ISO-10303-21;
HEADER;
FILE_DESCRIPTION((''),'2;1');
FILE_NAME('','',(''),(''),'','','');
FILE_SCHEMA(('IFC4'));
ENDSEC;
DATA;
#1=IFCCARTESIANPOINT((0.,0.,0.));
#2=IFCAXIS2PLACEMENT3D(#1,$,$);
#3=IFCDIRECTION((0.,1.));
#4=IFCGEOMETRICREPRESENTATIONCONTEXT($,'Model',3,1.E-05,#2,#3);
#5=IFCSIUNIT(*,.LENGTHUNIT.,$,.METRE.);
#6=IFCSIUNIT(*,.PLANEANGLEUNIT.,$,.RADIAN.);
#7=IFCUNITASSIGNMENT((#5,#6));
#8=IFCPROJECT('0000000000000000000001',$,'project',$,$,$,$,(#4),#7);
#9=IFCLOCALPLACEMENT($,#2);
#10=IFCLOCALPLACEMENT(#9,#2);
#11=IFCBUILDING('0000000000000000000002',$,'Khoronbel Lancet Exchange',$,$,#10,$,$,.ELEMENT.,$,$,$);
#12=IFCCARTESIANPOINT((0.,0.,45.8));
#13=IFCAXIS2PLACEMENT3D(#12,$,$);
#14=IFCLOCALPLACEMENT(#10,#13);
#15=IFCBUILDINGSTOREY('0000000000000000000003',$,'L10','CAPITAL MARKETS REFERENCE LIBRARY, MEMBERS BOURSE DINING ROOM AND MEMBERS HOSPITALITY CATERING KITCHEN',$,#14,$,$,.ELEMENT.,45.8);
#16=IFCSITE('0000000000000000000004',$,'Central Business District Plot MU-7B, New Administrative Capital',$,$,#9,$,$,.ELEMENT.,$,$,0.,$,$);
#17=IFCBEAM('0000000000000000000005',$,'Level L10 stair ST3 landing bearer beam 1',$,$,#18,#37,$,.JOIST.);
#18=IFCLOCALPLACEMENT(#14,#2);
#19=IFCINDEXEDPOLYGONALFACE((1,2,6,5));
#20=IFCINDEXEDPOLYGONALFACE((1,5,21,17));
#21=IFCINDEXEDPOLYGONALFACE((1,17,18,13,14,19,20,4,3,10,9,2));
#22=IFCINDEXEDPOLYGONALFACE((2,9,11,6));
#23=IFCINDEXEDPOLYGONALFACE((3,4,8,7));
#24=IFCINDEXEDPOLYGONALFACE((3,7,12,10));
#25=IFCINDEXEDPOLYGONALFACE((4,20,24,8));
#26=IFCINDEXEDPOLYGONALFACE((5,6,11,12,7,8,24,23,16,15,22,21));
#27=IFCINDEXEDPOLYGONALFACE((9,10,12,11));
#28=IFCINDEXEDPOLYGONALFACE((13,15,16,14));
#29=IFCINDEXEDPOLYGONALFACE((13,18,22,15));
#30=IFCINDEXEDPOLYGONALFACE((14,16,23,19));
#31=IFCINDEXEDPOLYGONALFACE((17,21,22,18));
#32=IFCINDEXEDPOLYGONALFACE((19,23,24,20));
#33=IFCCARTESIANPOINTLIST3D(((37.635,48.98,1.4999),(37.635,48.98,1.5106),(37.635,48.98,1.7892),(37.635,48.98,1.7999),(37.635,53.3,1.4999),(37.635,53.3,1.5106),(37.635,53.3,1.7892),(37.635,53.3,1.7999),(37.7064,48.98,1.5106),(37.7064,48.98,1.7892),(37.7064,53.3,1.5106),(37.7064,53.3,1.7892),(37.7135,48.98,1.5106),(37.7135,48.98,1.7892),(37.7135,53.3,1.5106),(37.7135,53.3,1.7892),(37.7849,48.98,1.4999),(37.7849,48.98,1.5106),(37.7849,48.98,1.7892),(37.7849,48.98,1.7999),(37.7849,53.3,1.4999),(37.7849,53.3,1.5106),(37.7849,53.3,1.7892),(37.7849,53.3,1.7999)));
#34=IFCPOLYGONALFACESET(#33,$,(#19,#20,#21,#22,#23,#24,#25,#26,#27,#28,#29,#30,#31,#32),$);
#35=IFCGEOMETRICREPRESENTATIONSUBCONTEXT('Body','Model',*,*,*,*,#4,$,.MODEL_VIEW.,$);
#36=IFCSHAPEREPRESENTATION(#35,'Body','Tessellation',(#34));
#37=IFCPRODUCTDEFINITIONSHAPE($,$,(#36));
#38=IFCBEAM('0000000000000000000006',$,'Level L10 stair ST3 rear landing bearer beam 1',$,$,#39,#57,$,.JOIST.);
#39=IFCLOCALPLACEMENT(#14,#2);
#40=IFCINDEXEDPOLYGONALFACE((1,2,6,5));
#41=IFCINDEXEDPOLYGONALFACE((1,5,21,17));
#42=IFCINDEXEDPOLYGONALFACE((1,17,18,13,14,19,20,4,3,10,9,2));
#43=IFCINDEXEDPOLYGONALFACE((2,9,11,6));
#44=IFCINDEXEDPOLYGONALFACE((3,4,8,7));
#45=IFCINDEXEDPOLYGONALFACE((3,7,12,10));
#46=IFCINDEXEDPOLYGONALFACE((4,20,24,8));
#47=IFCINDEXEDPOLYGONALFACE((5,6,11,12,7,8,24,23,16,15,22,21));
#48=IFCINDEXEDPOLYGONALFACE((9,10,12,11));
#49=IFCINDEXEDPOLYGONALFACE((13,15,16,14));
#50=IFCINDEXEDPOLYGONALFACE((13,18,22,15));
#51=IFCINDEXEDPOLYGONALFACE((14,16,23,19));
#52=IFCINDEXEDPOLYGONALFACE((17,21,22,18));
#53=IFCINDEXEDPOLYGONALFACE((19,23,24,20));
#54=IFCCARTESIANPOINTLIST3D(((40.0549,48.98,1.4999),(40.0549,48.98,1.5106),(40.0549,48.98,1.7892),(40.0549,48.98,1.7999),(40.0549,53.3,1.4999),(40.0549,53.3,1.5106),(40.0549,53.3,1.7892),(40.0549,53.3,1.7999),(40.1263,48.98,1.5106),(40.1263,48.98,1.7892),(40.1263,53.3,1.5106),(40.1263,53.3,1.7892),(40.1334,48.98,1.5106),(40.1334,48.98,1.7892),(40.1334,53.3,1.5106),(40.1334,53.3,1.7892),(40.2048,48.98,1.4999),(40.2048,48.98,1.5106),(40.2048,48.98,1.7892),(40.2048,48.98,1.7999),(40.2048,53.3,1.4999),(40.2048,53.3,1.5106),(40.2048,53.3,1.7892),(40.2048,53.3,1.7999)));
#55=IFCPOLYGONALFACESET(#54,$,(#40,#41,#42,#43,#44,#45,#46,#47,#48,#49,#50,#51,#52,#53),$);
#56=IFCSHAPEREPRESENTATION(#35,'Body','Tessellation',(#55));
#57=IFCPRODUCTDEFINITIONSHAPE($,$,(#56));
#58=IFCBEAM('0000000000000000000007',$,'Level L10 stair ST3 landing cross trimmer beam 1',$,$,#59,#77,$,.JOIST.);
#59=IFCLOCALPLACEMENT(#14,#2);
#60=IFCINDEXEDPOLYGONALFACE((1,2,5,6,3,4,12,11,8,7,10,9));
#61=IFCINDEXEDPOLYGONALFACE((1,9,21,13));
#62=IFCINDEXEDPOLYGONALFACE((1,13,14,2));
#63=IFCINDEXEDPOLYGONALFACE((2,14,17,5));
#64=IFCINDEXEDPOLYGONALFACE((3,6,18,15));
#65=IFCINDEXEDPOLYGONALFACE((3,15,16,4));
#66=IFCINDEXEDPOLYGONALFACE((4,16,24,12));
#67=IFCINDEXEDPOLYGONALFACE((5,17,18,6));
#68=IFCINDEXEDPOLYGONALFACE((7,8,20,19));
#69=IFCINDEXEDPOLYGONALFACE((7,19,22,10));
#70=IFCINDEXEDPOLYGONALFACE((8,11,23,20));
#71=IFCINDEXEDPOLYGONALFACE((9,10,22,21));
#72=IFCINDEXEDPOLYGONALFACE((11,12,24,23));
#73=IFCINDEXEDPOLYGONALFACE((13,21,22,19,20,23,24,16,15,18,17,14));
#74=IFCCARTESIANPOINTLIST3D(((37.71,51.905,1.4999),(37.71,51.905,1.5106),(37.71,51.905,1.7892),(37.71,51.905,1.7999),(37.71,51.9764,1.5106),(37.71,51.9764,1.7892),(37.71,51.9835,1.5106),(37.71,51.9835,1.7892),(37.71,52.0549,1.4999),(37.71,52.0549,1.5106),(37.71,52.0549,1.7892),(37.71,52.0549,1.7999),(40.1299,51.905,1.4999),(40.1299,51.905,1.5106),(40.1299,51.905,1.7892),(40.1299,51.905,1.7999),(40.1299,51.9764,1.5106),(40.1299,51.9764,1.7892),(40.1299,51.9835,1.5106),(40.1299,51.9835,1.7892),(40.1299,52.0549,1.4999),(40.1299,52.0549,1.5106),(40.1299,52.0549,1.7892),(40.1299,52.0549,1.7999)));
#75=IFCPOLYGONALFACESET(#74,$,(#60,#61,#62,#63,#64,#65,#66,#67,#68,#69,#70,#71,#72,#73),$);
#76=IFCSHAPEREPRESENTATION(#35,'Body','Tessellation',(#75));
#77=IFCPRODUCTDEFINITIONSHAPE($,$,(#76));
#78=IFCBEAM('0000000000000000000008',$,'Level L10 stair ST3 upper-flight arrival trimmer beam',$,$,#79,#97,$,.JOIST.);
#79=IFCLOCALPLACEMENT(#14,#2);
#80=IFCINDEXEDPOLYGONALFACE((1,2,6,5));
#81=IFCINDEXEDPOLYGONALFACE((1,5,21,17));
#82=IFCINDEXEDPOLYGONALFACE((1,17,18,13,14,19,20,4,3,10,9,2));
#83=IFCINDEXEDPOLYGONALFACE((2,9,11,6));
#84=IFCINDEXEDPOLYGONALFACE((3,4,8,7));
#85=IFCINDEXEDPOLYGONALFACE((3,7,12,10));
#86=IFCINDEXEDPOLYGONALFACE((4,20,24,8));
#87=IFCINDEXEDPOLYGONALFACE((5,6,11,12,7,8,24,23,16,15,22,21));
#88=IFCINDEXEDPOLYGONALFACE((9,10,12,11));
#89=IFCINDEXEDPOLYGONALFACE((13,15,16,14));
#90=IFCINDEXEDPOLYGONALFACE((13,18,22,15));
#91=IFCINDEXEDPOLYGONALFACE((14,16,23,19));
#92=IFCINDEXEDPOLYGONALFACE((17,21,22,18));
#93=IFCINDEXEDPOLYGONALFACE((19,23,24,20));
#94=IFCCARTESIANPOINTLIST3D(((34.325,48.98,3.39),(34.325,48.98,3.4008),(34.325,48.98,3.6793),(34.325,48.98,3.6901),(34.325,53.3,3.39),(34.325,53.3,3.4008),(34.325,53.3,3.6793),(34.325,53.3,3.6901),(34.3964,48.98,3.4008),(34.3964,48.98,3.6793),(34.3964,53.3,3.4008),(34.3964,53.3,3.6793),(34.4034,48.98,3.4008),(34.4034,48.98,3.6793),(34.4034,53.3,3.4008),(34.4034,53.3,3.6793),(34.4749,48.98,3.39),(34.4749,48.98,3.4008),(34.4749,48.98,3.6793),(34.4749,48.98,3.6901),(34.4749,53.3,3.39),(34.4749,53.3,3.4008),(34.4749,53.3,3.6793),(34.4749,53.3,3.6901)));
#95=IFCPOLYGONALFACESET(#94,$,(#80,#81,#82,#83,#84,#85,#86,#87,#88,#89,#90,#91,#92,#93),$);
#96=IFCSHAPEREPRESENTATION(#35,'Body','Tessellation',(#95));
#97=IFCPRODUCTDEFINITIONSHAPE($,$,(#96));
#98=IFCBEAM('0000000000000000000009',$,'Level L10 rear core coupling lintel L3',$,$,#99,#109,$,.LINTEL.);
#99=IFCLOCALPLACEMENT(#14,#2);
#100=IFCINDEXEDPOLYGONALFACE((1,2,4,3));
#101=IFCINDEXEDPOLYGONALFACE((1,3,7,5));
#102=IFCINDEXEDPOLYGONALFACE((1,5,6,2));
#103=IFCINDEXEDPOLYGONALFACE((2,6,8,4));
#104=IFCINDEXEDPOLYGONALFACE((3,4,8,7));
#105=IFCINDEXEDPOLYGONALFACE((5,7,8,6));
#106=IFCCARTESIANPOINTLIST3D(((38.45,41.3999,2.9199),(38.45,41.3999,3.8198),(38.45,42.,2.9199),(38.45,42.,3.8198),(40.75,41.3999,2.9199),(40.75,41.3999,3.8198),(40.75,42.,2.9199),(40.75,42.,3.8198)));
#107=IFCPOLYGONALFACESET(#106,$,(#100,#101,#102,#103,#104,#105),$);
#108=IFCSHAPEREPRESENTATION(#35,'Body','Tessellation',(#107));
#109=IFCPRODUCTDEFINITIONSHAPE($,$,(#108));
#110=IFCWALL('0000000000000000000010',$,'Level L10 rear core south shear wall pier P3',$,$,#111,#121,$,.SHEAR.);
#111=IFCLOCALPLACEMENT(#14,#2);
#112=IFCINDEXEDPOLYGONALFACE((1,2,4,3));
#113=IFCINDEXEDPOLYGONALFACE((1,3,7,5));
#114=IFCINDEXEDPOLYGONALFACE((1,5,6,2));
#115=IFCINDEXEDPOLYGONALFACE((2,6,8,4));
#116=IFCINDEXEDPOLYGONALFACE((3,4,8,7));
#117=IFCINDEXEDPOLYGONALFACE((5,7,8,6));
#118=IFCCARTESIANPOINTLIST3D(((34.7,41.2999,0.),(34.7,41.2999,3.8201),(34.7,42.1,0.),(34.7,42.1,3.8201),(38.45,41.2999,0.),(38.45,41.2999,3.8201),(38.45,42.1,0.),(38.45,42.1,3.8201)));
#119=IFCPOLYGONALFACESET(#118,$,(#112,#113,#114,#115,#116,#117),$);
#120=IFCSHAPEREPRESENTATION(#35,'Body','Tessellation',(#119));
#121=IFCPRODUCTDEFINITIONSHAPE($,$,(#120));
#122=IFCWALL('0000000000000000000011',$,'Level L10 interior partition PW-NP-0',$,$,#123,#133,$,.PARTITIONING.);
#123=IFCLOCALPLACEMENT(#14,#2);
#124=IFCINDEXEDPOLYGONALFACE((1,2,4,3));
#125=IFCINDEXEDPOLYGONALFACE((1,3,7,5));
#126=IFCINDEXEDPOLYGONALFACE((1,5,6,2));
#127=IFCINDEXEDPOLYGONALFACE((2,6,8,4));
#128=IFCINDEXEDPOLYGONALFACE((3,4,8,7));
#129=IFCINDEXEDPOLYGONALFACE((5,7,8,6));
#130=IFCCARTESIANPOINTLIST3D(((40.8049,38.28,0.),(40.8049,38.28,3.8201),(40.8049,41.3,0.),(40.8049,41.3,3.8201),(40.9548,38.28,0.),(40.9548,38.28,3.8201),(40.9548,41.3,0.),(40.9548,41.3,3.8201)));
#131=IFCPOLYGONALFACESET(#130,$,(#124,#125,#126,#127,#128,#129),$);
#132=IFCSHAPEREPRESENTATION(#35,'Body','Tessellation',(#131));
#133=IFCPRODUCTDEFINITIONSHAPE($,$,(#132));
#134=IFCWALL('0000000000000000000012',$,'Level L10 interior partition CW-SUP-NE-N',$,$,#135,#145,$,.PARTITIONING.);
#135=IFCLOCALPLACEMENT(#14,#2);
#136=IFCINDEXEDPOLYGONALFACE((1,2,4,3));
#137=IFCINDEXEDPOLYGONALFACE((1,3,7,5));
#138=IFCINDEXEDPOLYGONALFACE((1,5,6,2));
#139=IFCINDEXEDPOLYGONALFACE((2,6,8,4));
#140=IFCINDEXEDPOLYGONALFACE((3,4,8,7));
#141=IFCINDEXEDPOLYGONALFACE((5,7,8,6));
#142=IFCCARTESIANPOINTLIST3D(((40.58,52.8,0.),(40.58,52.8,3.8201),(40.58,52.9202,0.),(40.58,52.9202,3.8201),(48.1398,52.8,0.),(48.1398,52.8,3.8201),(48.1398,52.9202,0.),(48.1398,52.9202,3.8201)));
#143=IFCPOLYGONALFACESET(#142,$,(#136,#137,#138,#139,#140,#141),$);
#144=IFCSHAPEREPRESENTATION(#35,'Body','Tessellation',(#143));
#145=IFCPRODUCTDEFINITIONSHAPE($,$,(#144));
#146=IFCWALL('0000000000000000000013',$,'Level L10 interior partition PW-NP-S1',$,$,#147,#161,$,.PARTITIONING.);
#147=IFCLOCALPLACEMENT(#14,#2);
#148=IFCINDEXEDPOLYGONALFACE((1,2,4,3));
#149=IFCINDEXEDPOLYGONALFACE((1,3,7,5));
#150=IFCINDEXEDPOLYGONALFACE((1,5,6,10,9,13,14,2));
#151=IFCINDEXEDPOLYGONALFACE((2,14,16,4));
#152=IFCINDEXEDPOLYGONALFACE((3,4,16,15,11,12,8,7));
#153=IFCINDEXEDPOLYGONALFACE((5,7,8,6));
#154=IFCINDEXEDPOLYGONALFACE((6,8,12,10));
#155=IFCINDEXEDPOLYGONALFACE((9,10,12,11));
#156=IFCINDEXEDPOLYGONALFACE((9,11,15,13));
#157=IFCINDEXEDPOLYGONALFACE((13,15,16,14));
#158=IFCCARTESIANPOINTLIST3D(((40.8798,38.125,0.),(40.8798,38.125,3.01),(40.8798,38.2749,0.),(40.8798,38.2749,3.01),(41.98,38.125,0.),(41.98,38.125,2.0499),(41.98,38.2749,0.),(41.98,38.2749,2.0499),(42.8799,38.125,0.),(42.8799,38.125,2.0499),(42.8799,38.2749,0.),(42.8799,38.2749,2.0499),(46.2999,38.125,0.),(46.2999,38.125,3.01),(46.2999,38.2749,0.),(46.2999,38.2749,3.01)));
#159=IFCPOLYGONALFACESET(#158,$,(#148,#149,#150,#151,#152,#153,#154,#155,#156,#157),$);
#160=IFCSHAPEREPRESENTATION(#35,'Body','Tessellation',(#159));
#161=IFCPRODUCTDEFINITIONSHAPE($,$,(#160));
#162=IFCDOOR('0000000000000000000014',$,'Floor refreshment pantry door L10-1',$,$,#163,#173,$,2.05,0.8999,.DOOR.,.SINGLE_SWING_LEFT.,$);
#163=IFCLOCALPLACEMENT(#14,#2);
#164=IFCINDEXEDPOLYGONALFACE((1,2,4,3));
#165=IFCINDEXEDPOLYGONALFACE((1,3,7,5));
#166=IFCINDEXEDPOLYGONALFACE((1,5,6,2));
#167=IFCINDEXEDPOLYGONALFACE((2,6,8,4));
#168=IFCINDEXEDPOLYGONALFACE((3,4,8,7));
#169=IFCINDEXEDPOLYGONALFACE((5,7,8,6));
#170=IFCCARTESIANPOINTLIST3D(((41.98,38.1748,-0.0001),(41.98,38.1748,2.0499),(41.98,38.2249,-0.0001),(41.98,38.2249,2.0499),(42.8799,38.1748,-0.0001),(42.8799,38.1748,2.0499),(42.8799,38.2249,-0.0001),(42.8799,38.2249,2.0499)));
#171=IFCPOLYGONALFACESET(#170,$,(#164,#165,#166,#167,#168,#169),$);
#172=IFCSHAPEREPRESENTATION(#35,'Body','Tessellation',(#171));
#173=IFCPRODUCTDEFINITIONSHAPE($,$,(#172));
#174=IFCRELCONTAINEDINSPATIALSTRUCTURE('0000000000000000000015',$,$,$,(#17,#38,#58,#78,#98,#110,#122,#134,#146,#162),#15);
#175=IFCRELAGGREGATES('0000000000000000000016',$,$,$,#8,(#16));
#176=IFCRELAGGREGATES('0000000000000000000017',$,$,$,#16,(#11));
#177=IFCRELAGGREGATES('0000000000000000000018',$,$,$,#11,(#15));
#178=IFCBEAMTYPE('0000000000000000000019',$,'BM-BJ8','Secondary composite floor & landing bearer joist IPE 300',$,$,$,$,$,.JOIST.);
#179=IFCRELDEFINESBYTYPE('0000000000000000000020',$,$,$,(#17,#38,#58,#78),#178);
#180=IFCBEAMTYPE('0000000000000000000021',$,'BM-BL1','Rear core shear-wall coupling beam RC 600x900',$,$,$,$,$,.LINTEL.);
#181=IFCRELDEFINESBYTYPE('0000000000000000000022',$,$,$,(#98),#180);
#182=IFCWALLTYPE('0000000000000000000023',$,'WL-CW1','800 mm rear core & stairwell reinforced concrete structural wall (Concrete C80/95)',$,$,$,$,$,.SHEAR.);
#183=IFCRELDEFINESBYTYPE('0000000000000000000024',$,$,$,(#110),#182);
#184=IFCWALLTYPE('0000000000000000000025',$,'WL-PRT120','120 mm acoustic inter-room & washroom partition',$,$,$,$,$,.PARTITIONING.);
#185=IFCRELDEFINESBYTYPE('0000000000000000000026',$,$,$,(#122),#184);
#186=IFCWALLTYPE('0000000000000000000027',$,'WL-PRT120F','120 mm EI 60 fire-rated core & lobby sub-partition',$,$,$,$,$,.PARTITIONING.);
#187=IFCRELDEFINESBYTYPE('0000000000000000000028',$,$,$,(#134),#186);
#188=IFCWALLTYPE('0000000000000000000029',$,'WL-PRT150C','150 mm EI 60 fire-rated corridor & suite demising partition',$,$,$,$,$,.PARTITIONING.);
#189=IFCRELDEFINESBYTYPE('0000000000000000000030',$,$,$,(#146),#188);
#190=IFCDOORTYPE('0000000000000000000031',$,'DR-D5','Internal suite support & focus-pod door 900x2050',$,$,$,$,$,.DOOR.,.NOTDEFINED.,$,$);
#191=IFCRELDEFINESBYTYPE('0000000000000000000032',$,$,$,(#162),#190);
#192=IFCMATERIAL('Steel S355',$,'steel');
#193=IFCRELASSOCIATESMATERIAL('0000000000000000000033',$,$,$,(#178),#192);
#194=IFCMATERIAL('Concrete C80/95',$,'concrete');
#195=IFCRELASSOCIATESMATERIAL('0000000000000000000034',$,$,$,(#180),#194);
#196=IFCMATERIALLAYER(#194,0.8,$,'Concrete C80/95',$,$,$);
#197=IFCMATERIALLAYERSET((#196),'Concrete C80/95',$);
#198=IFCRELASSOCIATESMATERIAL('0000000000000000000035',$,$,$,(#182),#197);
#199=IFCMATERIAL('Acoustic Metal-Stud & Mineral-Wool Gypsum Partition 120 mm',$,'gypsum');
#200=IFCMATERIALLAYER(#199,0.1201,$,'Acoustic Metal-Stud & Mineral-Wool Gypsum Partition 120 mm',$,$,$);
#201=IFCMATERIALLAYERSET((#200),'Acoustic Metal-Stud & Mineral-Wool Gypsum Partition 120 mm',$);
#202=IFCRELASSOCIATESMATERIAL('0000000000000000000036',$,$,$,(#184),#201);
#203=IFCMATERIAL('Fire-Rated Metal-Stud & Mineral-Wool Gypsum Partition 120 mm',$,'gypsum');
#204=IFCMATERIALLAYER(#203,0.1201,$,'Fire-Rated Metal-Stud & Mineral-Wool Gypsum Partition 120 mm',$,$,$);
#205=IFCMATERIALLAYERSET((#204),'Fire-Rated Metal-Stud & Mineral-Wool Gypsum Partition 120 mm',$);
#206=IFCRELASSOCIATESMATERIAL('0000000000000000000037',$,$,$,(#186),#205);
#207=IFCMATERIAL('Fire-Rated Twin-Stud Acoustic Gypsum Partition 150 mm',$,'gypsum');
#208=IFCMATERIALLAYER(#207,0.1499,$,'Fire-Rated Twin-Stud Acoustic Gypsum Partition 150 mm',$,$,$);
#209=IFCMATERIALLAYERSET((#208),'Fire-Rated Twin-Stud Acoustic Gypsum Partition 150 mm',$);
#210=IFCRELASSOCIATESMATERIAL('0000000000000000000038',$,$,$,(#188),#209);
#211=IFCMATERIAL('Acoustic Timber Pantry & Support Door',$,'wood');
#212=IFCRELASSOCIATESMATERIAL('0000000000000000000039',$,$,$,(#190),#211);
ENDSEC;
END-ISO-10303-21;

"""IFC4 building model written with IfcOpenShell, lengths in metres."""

from ifc_helpers import new_model, si_unit, direction, frame, frame_2d, origin, origin_2d, place, context, subcontext, project, spatial, rectangle, i_section, extrude, material, layer, layer_set, material_profile, profile_set, type_object, element, fill, save


model = new_model("IFC4")

# Units and contexts
model_context = context("Model", 3, precision=1e-05, world=origin(), true_north=direction((0.0, 1.0)))
body_context = subcontext(model_context, "Body", "Model", "MODEL_VIEW")
ifc_project = project(units=[si_unit("LENGTHUNIT", "METRE"), si_unit("PLANEANGLEUNIT", "RADIAN")], contexts=[model_context])

# Site, building, storey
site_placement = place(None, origin())
site = spatial("IfcSite", under=ifc_project, at=site_placement, Name="Central Business District Plot MU-7B, New Administrative Capital", CompositionType="ELEMENT", RefElevation=0.0)
building_placement = place(site_placement, origin())
building = spatial("IfcBuilding", under=site, at=building_placement, Name="Khoronbel Lancet Exchange", CompositionType="ELEMENT")
storey_placement = place(building_placement, frame((0.0, 0.0, 45.8)))
storey = spatial("IfcBuildingStorey", under=building, at=storey_placement, Name="L10", Description="CAPITAL MARKETS REFERENCE LIBRARY, MEMBERS BOURSE DINING ROOM AND MEMBERS HOSPITALITY CATERING KITCHEN", CompositionType="ELEMENT", Elevation=45.8)

# Beams
ifc_material_1 = material(Name="Steel S355", Category="steel")
ifc_material_profile_1 = material_profile(ifc_material_1, i_section(OverallWidth=0.1499, OverallDepth=0.3, WebThickness=0.0071, FlangeThickness=0.0107, at=origin_2d()), Name="IPE 300")
ifc_profile_set_1 = profile_set([ifc_material_profile_1], Name="Steel S355")
beam_type_1 = type_object("IfcBeamType", Name="BM-BJ8", Description="Secondary composite floor & landing bearer joist IPE 300", PredefinedType="JOIST", material=ifc_profile_set_1)
for number, where, z_axis, x_axis, name in (
    (1, (37.71, 48.98, 1.6499), (0.0, 1.0, 0.0), (-1.0, 0.0, 0.0), "Level L10 stair ST3 landing bearer beam 1"),
    (2, (40.1299, 48.98, 1.6499), (0.0, 1.0, 0.0), (-1.0, 0.0, 0.0), "Level L10 stair ST3 rear landing bearer beam 1"),
):
    element("IfcBeam", number, at=place(storey_placement, frame(where, z_axis=z_axis, x_axis=x_axis)), inside=storey, type_object=beam_type_1, Name=name, PredefinedType="JOIST", context=body_context, shape_type="SweptSolid", body=[
        extrude(i_section(OverallWidth=0.1499, OverallDepth=0.3, WebThickness=0.0071, FlangeThickness=0.0107, at=origin_2d()), origin(), (0.0, 0.0, 1.0), 4.3201),
    ])
beam_1_placement = place(storey_placement, frame((37.71, 51.98, 1.6499), z_axis=(1.0, 0.0, 0.0), x_axis=(0.0, 1.0, 0.0)))
element("IfcBeam", 3, at=beam_1_placement, inside=storey, type_object=beam_type_1, Name="Level L10 stair ST3 landing cross trimmer beam 1", PredefinedType="JOIST", context=body_context, shape_type="SweptSolid", body=[
    extrude(i_section(OverallWidth=0.1499, OverallDepth=0.3, WebThickness=0.0071, FlangeThickness=0.0107, at=origin_2d()), origin(), (0.0, 0.0, 1.0), 2.4199),
])
beam_2_placement = place(storey_placement, frame((34.3999, 48.98, 3.54), z_axis=(0.0, 1.0, 0.0), x_axis=(-1.0, 0.0, 0.0)))
element("IfcBeam", 4, at=beam_2_placement, inside=storey, type_object=beam_type_1, Name="Level L10 stair ST3 upper-flight arrival trimmer beam", PredefinedType="JOIST", context=body_context, shape_type="SweptSolid", body=[
    extrude(i_section(OverallWidth=0.1499, OverallDepth=0.3, WebThickness=0.0071, FlangeThickness=0.0107, at=origin_2d()), origin(), (0.0, 0.0, 1.0), 4.3201),
])
ifc_material_2 = material(Name="Concrete C80/95", Category="concrete")
ifc_material_profile_2 = material_profile(ifc_material_2, rectangle(XDim=0.6001, YDim=0.8999, at=origin_2d()), Name="RC 600x900")
ifc_profile_set_2 = profile_set([ifc_material_profile_2], Name="Concrete C80/95")
beam_type_2 = type_object("IfcBeamType", Name="BM-BL1", Description="Rear core shear-wall coupling beam RC 600x900", PredefinedType="LINTEL", material=ifc_profile_set_2)
beam_3_placement = place(storey_placement, frame((38.45, 41.7, 3.3699), z_axis=(1.0, 0.0, 0.0), x_axis=(0.0, 1.0, 0.0)))
element("IfcBeam", 5, at=beam_3_placement, inside=storey, type_object=beam_type_2, Name="Level L10 rear core coupling lintel L3", PredefinedType="LINTEL", context=body_context, shape_type="SweptSolid", body=[
    extrude(rectangle(XDim=0.6001, YDim=0.8999, at=origin_2d()), origin(), (0.0, 0.0, 1.0), 2.3),
])

# Walls
ifc_layer_1 = layer(ifc_material_2, 0.8, Name="Concrete C80/95")
ifc_layer_set_1 = layer_set([ifc_layer_1], Name="Concrete C80/95")
wall_type_1 = type_object("IfcWallType", Name="WL-CW1", Description="800 mm rear core & stairwell reinforced concrete structural wall (Concrete C80/95)", PredefinedType="SHEAR", material=ifc_layer_set_1)
wall_1_placement = place(storey_placement, frame((38.45, 41.7, 0.0), z_axis=(0.0, 0.0, 1.0), x_axis=(-1.0, 0.0, 0.0)))
element("IfcWall", 6, at=wall_1_placement, inside=storey, type_object=wall_type_1, Name="Level L10 rear core south shear wall pier P3", PredefinedType="SHEAR", context=body_context, shape_type="SweptSolid", body=[
    extrude(rectangle(XDim=3.75, YDim=0.8, at=frame_2d((1.875, 0.0))), origin(), (0.0, 0.0, 1.0), 3.8201),
])
ifc_material_3 = material(Name="Acoustic Metal-Stud & Mineral-Wool Gypsum Partition 120 mm", Category="gypsum")
ifc_layer_2 = layer(ifc_material_3, 0.1201, Name="Acoustic Metal-Stud & Mineral-Wool Gypsum Partition 120 mm")
ifc_layer_set_2 = layer_set([ifc_layer_2], Name="Acoustic Metal-Stud & Mineral-Wool Gypsum Partition 120 mm")
wall_type_2 = type_object("IfcWallType", Name="WL-PRT120", Description="120 mm acoustic inter-room & washroom partition", PredefinedType="PARTITIONING", material=ifc_layer_set_2)
wall_2_placement = place(storey_placement, frame((40.8799, 38.28, 0.0), z_axis=(0.0, 0.0, 1.0), x_axis=(0.0, 1.0, 0.0)))
element("IfcWall", 7, at=wall_2_placement, inside=storey, type_object=wall_type_2, Name="Level L10 interior partition PW-NP-0", PredefinedType="PARTITIONING", context=body_context, shape_type="SweptSolid", body=[
    extrude(rectangle(XDim=3.02, YDim=0.1499, at=frame_2d((1.51, 0.0))), origin(), (0.0, 0.0, 1.0), 3.8201),
])
ifc_material_4 = material(Name="Fire-Rated Metal-Stud & Mineral-Wool Gypsum Partition 120 mm", Category="gypsum")
ifc_layer_3 = layer(ifc_material_4, 0.1201, Name="Fire-Rated Metal-Stud & Mineral-Wool Gypsum Partition 120 mm")
ifc_layer_set_3 = layer_set([ifc_layer_3], Name="Fire-Rated Metal-Stud & Mineral-Wool Gypsum Partition 120 mm")
wall_type_3 = type_object("IfcWallType", Name="WL-PRT120F", Description="120 mm EI 60 fire-rated core & lobby sub-partition", PredefinedType="PARTITIONING", material=ifc_layer_set_3)
wall_3_placement = place(storey_placement, frame((40.5801, 52.8601, 0.0), z_axis=(0.0, 0.0, 1.0), x_axis=(1.0, 0.0, 0.0)))
element("IfcWall", 8, at=wall_3_placement, inside=storey, type_object=wall_type_3, Name="Level L10 interior partition CW-SUP-NE-N", PredefinedType="PARTITIONING", context=body_context, shape_type="SweptSolid", body=[
    extrude(rectangle(XDim=7.5598, YDim=0.1201, at=frame_2d((3.7798, 0.0))), origin(), (0.0, 0.0, 1.0), 3.8201),
])

# Wall, opening, door
ifc_material_5 = material(Name="Fire-Rated Twin-Stud Acoustic Gypsum Partition 150 mm", Category="gypsum")
ifc_layer_4 = layer(ifc_material_5, 0.1499, Name="Fire-Rated Twin-Stud Acoustic Gypsum Partition 150 mm")
ifc_layer_set_4 = layer_set([ifc_layer_4], Name="Fire-Rated Twin-Stud Acoustic Gypsum Partition 150 mm")
wall_type_4 = type_object("IfcWallType", Name="WL-PRT150C", Description="150 mm EI 60 fire-rated corridor & suite demising partition", PredefinedType="PARTITIONING", material=ifc_layer_set_4)
wall_4_placement = place(storey_placement, frame((40.8799, 38.2, 0.0), z_axis=(0.0, 0.0, 1.0), x_axis=(1.0, 0.0, 0.0)))
wall_4 = element("IfcWall", 9, at=wall_4_placement, inside=storey, type_object=wall_type_4, Name="Level L10 interior partition PW-NP-S1", PredefinedType="PARTITIONING", context=body_context, shape_type="SweptSolid", body=[
    extrude(rectangle(XDim=5.4202, YDim=0.1499, at=frame_2d((2.71, 0.0))), origin(), (0.0, 0.0, 1.0), 3.01),
])
opening_1_placement = place(wall_4_placement, frame((1.1001, 0.0, 0.0)))
opening_1 = element("IfcOpeningElement", 10, at=opening_1_placement, cuts=wall_4, PredefinedType="OPENING", context=body_context, shape_type="SweptSolid", body=[
    extrude(rectangle(XDim=0.8999, YDim=2.05, at=frame_2d((0.45, 1.0249))), frame((0.0, 0.085, 0.0), z_axis=(0.0, -1.0, 0.0), x_axis=(1.0, 0.0, 0.0)), (0.0, 0.0, 1.0), 0.1699),
])
ifc_material_6 = material(Name="Acoustic Timber Pantry & Support Door", Category="wood")
door_type_1 = type_object("IfcDoorType", Name="DR-D5", Description="Internal suite support & focus-pod door 900x2050", OperationType="NOTDEFINED", PredefinedType="DOOR", material=ifc_material_6)
door_1_placement = place(opening_1_placement, origin())
door_1 = element("IfcDoor", 11, at=door_1_placement, inside=storey, type_object=door_type_1, Name="Floor refreshment pantry door L10-1", OperationType="SINGLE_SWING_LEFT", OverallHeight=2.05, OverallWidth=0.8999, PredefinedType="DOOR", context=body_context, shape_type="SweptSolid", body=[
    extrude(rectangle(XDim=0.8999, YDim=2.05, at=frame_2d((0.45, 1.0249))), frame((0.0, 0.0249, 0.0), z_axis=(0.0, -1.0, 0.0), x_axis=(1.0, 0.0, 0.0)), (0.0, 0.0, 1.0), 0.05),
])
fill(opening_1, door_1)

save(model, "model.ifc")
